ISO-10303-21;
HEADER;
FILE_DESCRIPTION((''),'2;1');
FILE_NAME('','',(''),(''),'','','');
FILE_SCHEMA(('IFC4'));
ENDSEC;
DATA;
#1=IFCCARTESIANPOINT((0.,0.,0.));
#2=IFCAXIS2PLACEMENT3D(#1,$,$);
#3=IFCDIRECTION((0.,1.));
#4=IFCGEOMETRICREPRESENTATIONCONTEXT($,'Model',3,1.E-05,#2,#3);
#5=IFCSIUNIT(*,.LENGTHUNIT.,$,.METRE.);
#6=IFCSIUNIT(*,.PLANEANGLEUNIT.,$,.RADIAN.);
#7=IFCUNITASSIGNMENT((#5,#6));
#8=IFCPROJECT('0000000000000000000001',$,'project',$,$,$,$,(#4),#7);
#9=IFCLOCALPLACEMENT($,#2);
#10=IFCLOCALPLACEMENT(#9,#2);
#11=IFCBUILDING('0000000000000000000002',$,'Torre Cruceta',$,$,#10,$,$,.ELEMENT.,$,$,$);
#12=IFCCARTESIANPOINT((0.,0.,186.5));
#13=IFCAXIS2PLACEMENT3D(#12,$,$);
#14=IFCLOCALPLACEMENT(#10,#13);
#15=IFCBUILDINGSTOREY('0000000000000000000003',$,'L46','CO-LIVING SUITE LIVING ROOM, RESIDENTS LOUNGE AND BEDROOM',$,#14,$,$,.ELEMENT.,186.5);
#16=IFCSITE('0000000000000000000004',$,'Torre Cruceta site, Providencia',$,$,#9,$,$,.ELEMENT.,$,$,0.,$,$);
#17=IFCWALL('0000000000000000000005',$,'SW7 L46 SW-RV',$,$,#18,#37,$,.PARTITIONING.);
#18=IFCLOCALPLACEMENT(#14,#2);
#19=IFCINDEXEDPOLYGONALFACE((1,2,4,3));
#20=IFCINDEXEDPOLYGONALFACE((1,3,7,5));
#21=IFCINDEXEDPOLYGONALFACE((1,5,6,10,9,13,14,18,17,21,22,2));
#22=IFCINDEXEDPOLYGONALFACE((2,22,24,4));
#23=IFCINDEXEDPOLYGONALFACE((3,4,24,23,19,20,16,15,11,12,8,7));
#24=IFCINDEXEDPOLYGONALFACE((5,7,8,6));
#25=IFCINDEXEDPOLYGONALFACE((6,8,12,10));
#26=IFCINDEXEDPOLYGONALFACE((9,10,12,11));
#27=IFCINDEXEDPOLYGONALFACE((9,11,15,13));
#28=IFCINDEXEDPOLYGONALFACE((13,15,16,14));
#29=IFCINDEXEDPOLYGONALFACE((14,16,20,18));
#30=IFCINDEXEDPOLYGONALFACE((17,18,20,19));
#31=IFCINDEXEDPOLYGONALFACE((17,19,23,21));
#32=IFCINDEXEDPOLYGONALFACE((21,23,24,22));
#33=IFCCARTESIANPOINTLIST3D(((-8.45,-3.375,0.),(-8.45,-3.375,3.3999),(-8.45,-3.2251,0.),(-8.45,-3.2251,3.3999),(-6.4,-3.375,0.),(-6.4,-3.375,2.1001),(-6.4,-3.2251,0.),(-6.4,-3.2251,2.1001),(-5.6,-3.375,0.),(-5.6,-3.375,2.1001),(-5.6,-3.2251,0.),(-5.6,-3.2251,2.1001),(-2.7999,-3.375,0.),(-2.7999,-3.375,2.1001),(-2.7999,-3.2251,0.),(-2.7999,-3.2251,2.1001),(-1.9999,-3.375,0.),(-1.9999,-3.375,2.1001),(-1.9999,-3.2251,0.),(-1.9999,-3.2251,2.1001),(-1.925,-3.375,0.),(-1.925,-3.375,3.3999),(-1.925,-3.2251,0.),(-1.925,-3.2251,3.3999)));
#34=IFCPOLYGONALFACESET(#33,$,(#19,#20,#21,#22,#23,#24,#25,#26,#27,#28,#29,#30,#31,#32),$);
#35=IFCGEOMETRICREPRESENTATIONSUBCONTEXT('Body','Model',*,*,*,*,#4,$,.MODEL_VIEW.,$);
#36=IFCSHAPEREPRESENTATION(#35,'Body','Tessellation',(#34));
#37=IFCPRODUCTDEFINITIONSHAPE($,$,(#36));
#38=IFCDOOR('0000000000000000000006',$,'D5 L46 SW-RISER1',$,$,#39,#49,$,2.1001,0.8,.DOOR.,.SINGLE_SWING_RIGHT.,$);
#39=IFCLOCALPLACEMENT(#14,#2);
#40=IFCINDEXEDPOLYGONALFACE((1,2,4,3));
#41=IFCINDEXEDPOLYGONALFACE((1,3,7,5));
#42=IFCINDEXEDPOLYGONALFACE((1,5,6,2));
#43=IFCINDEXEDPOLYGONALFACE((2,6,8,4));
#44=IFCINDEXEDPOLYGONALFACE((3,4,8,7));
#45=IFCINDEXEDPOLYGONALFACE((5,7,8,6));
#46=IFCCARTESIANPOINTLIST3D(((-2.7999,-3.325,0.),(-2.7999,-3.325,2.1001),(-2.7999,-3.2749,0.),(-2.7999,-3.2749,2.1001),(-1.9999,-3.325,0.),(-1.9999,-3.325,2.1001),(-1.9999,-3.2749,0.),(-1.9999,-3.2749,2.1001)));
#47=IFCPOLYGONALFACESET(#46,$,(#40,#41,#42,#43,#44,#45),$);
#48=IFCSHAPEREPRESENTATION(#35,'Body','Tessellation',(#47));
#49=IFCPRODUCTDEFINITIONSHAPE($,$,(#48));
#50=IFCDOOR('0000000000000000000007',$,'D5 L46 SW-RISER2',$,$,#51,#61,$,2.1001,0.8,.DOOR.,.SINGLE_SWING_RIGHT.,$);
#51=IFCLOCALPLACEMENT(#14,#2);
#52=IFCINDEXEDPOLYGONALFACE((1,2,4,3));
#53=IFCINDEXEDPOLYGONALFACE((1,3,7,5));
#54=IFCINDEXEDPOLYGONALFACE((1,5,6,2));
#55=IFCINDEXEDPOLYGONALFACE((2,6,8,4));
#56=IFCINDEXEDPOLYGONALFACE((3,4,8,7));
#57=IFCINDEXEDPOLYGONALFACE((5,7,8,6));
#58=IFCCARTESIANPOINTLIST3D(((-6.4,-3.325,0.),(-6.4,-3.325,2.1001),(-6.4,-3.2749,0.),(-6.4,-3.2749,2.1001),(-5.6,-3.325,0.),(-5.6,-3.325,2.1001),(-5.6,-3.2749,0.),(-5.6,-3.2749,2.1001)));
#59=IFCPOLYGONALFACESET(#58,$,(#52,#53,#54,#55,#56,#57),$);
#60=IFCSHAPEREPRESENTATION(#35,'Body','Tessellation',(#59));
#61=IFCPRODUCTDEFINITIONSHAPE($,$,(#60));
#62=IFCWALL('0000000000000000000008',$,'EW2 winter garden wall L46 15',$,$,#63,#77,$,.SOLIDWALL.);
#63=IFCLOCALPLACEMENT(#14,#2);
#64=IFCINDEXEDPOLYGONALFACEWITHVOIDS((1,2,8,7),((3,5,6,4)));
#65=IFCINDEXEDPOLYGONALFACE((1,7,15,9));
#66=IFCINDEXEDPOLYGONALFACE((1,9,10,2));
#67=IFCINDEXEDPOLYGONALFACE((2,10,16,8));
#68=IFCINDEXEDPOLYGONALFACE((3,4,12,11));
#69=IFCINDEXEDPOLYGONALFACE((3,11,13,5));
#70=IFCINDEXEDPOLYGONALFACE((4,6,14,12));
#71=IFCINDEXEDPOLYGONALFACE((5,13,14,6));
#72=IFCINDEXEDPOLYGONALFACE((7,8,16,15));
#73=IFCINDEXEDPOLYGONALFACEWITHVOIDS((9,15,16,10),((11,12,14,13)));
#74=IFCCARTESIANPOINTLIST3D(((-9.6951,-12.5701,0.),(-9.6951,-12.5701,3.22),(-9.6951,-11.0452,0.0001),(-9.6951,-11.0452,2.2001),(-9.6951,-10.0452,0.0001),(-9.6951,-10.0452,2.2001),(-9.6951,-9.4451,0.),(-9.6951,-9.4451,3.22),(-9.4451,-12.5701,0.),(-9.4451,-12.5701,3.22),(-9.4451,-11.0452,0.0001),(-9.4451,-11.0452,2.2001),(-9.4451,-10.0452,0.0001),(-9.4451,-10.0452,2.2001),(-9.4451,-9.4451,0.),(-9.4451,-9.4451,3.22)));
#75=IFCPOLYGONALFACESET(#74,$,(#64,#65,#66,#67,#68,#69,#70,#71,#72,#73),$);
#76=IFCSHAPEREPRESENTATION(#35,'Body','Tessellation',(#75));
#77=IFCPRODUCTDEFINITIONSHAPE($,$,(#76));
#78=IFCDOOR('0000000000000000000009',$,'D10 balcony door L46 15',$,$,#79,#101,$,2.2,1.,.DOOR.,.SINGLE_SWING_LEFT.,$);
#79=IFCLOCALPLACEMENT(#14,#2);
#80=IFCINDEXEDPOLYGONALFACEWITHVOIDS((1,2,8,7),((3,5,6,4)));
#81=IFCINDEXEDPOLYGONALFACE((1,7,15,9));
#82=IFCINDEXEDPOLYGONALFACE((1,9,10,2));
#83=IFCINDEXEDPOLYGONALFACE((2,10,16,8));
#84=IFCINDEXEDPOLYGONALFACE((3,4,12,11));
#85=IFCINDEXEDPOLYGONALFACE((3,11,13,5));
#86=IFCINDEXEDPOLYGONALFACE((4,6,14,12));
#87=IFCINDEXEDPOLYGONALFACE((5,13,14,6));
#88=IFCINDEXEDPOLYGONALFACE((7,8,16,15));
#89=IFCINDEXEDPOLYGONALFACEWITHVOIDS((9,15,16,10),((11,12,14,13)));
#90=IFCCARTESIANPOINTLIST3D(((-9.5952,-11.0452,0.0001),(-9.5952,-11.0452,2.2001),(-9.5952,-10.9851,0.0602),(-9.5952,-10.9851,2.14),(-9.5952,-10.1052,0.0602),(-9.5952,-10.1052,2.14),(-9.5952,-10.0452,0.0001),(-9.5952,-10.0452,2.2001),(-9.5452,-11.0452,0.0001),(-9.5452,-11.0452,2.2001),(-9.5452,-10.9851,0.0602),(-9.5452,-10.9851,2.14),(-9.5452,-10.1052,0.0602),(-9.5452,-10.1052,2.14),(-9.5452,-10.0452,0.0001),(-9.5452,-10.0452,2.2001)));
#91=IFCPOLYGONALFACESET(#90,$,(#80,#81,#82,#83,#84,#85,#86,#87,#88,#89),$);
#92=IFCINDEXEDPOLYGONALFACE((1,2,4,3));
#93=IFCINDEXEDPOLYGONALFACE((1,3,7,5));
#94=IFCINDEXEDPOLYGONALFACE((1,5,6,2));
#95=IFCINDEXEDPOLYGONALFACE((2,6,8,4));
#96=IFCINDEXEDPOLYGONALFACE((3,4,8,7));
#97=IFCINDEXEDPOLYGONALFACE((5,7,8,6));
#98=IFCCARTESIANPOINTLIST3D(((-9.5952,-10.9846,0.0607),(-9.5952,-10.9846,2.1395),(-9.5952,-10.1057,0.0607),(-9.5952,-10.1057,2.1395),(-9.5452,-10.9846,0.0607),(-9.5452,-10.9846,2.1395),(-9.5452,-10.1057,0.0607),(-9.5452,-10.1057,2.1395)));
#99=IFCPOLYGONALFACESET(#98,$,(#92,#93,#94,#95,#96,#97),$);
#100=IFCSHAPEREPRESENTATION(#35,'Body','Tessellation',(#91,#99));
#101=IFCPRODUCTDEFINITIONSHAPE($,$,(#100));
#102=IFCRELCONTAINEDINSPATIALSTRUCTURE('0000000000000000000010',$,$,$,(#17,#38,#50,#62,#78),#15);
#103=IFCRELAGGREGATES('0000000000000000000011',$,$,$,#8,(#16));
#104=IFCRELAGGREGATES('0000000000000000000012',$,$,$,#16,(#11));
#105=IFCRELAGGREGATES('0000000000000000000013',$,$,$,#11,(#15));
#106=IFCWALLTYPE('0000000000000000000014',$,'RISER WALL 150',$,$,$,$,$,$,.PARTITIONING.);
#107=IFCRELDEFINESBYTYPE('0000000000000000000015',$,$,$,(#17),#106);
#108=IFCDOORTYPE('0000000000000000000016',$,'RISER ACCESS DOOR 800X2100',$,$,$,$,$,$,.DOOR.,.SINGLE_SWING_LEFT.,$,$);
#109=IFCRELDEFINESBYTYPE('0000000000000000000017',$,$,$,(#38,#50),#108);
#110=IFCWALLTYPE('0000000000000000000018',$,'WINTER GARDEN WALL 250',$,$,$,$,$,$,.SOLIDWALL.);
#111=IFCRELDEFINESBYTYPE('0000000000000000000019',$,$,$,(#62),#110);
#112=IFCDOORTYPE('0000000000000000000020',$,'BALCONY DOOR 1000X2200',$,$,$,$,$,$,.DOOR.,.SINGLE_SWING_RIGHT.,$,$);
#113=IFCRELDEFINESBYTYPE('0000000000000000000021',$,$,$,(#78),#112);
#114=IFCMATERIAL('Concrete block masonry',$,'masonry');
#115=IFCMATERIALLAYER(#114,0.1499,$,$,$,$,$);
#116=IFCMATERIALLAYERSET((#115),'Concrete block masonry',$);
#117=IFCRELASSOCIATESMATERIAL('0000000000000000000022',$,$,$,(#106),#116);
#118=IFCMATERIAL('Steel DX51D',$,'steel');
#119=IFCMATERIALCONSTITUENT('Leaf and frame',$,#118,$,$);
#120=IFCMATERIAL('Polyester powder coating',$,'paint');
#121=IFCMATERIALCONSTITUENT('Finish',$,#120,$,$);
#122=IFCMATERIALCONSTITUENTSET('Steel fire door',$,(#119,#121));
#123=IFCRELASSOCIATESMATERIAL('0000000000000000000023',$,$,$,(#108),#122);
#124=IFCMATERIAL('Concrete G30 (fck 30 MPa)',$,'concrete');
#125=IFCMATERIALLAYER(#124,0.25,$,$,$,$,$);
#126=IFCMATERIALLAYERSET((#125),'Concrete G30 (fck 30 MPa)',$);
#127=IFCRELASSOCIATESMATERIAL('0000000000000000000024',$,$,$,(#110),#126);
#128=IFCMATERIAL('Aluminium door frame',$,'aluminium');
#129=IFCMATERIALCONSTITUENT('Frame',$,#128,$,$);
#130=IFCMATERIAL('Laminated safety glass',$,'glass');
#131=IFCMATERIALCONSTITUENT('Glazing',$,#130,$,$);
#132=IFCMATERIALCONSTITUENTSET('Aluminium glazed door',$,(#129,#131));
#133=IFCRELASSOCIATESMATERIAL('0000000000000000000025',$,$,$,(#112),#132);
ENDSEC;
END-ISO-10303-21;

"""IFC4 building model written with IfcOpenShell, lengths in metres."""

from ifc_helpers import new_model, si_unit, direction, frame, frame_2d, origin, place, context, subcontext, project, spatial, rectangle, hollow_rectangle, extrude, material, layer, layer_set, constituent, constituent_set, type_object, element, fill, save


model = new_model("IFC4")

# Units and contexts
model_context = context("Model", 3, precision=1e-05, world=origin(), true_north=direction((0.0, 1.0)))
body_context = subcontext(model_context, "Body", "Model", "MODEL_VIEW")
ifc_project = project(units=[si_unit("LENGTHUNIT", "METRE"), si_unit("PLANEANGLEUNIT", "RADIAN")], contexts=[model_context])

# Site, building, storey
site_placement = place(None, origin())
site = spatial("IfcSite", under=ifc_project, at=site_placement, Name="Torre Cruceta site, Providencia", CompositionType="ELEMENT", RefElevation=0.0)
building_placement = place(site_placement, origin())
building = spatial("IfcBuilding", under=site, at=building_placement, Name="Torre Cruceta", CompositionType="ELEMENT")
storey_placement = place(building_placement, frame((0.0, 0.0, 186.5)))
storey = spatial("IfcBuildingStorey", under=building, at=storey_placement, Name="L46", Description="CO-LIVING SUITE LIVING ROOM, RESIDENTS LOUNGE AND BEDROOM", CompositionType="ELEMENT", Elevation=186.5)

# Wall, openings, doors
ifc_material_1 = material(Name="Concrete block masonry", Category="masonry")
ifc_layer_1 = layer(ifc_material_1, 0.1499)
ifc_layer_set_1 = layer_set([ifc_layer_1], Name="Concrete block masonry")
wall_type_1 = type_object("IfcWallType", Name="RISER WALL 150", PredefinedType="PARTITIONING", material=ifc_layer_set_1)
wall_1_placement = place(storey_placement, frame((-1.925, -3.3, 0.0), z_axis=(0.0, 0.0, 1.0), x_axis=(-1.0, 0.0, 0.0)))
wall_1 = element("IfcWall", 1, at=wall_1_placement, inside=storey, type_object=wall_type_1, Name="SW7 L46 SW-RV", PredefinedType="PARTITIONING", context=body_context, shape_type="SweptSolid", body=[
    extrude(rectangle(XDim=6.5249, YDim=0.1499, at=frame_2d((3.2625, 0.0))), origin(), (0.0, 0.0, 1.0), 3.3999),
])
opening_1_placement = place(wall_1_placement, frame((0.075, 0.0, 0.0)))
opening_1 = element("IfcOpeningElement", 2, at=opening_1_placement, cuts=wall_1, PredefinedType="OPENING", context=body_context, shape_type="SweptSolid", body=[
    extrude(rectangle(XDim=0.8, YDim=2.1001, at=frame_2d((0.3999, 1.05))), frame((0.0, 0.085, 0.0), z_axis=(0.0, -1.0, 0.0), x_axis=(1.0, 0.0, 0.0)), (0.0, 0.0, 1.0), 0.1699),
])
opening_2_placement = place(wall_1_placement, frame((3.675, 0.0, 0.0)))
opening_2 = element("IfcOpeningElement", 3, at=opening_2_placement, cuts=wall_1, PredefinedType="OPENING", context=body_context, shape_type="SweptSolid", body=[
    extrude(rectangle(XDim=0.8, YDim=2.1001, at=frame_2d((0.3999, 1.05))), frame((0.0, 0.085, 0.0), z_axis=(0.0, -1.0, 0.0), x_axis=(1.0, 0.0, 0.0)), (0.0, 0.0, 1.0), 0.1699),
])
ifc_material_2 = material(Name="Steel DX51D", Category="steel")
ifc_constituent_1 = constituent(ifc_material_2, Name="Leaf and frame")
ifc_material_3 = material(Name="Polyester powder coating", Category="paint")
ifc_constituent_2 = constituent(ifc_material_3, Name="Finish")
ifc_constituent_set_1 = constituent_set(constituents=[ifc_constituent_1, ifc_constituent_2], Name="Steel fire door")
door_type_1 = type_object("IfcDoorType", Name="RISER ACCESS DOOR 800X2100", OperationType="SINGLE_SWING_LEFT", PredefinedType="DOOR", material=ifc_constituent_set_1)
door_1_placement = place(opening_1_placement, frame((0.8, 0.0, 0.0), z_axis=(0.0, 0.0, 1.0), x_axis=(-1.0, 0.0, 0.0)))
door_1 = element("IfcDoor", 4, at=door_1_placement, inside=storey, type_object=door_type_1, Name="D5 L46 SW-RISER1", OperationType="SINGLE_SWING_RIGHT", OverallHeight=2.1001, OverallWidth=0.8, PredefinedType="DOOR", context=body_context, shape_type="SweptSolid", body=[
    extrude(rectangle(XDim=0.8, YDim=2.1001, at=frame_2d((0.4001, 1.05))), frame((0.0, 0.0251, 0.0), z_axis=(0.0, -1.0, 0.0), x_axis=(1.0, 0.0, 0.0)), (0.0, 0.0, 1.0), 0.05),
])
fill(opening_1, door_1)
door_2_placement = place(opening_2_placement, frame((0.8, 0.0, 0.0), z_axis=(0.0, 0.0, 1.0), x_axis=(-1.0, 0.0, 0.0)))
door_2 = element("IfcDoor", 5, at=door_2_placement, inside=storey, type_object=door_type_1, Name="D5 L46 SW-RISER2", OperationType="SINGLE_SWING_RIGHT", OverallHeight=2.1001, OverallWidth=0.8, PredefinedType="DOOR", context=body_context, shape_type="SweptSolid", body=[
    extrude(rectangle(XDim=0.8, YDim=2.1001, at=frame_2d((0.4001, 1.05))), frame((0.0, 0.0251, 0.0), z_axis=(0.0, -1.0, 0.0), x_axis=(1.0, 0.0, 0.0)), (0.0, 0.0, 1.0), 0.05),
])
fill(opening_2, door_2)

# Wall, opening, door
ifc_material_4 = material(Name="Concrete G30 (fck 30 MPa)", Category="concrete")
ifc_layer_2 = layer(ifc_material_4, 0.25)
ifc_layer_set_2 = layer_set([ifc_layer_2], Name="Concrete G30 (fck 30 MPa)")
wall_type_2 = type_object("IfcWallType", Name="WINTER GARDEN WALL 250", PredefinedType="SOLIDWALL", material=ifc_layer_set_2)
wall_2_placement = place(storey_placement, frame((-9.5701, -9.4451, 0.0), z_axis=(0.0, 0.0, 1.0), x_axis=(0.0, -1.0, 0.0)))
wall_2 = element("IfcWall", 6, at=wall_2_placement, inside=storey, type_object=wall_type_2, Name="EW2 winter garden wall L46 15", PredefinedType="SOLIDWALL", context=body_context, shape_type="SweptSolid", body=[
    extrude(rectangle(XDim=3.125, YDim=0.25, at=frame_2d((1.5625, 0.0))), origin(), (0.0, 0.0, 1.0), 3.22),
])
opening_3_placement = place(wall_2_placement, frame((0.6001, 0.0, 0.0)))
opening_3 = element("IfcOpeningElement", 7, at=opening_3_placement, cuts=wall_2, PredefinedType="OPENING", context=body_context, shape_type="SweptSolid", body=[
    extrude(rectangle(XDim=1.0, YDim=2.2, at=frame_2d((0.5, 1.1001))), frame((0.0, 0.135, 0.0), z_axis=(0.0, -1.0, 0.0), x_axis=(1.0, 0.0, 0.0)), (0.0, 0.0, 1.0), 0.27),
])
ifc_material_5 = material(Name="Aluminium door frame", Category="aluminium")
ifc_constituent_3 = constituent(ifc_material_5, Name="Frame")
ifc_material_6 = material(Name="Laminated safety glass", Category="glass")
ifc_constituent_4 = constituent(ifc_material_6, Name="Glazing")
ifc_constituent_set_2 = constituent_set(constituents=[ifc_constituent_3, ifc_constituent_4], Name="Aluminium glazed door")
door_type_2 = type_object("IfcDoorType", Name="BALCONY DOOR 1000X2200", OperationType="SINGLE_SWING_RIGHT", PredefinedType="DOOR", material=ifc_constituent_set_2)
door_3_placement = place(opening_3_placement, origin())
door_3 = element("IfcDoor", 8, at=door_3_placement, inside=storey, type_object=door_type_2, Name="D10 balcony door L46 15", OperationType="SINGLE_SWING_LEFT", OverallHeight=2.2, OverallWidth=1.0, PredefinedType="DOOR", context=body_context, shape_type="SweptSolid", body=[
    extrude(hollow_rectangle(XDim=1.0, YDim=2.2, WallThickness=0.0601, at=frame_2d((0.5, 1.1001))), frame((0.0, 0.0249, 0.0), z_axis=(0.0, -1.0, 0.0), x_axis=(1.0, 0.0, 0.0)), (0.0, 0.0, 1.0), 0.05),
    extrude(rectangle(XDim=0.8789, YDim=2.0789, at=frame_2d((0.5, 1.1001))), frame((0.0, 0.0249, 0.0), z_axis=(0.0, -1.0, 0.0), x_axis=(1.0, 0.0, 0.0)), (0.0, 0.0, 1.0), 0.05),
])
fill(opening_3, door_3)

save(model, "model.ifc")
